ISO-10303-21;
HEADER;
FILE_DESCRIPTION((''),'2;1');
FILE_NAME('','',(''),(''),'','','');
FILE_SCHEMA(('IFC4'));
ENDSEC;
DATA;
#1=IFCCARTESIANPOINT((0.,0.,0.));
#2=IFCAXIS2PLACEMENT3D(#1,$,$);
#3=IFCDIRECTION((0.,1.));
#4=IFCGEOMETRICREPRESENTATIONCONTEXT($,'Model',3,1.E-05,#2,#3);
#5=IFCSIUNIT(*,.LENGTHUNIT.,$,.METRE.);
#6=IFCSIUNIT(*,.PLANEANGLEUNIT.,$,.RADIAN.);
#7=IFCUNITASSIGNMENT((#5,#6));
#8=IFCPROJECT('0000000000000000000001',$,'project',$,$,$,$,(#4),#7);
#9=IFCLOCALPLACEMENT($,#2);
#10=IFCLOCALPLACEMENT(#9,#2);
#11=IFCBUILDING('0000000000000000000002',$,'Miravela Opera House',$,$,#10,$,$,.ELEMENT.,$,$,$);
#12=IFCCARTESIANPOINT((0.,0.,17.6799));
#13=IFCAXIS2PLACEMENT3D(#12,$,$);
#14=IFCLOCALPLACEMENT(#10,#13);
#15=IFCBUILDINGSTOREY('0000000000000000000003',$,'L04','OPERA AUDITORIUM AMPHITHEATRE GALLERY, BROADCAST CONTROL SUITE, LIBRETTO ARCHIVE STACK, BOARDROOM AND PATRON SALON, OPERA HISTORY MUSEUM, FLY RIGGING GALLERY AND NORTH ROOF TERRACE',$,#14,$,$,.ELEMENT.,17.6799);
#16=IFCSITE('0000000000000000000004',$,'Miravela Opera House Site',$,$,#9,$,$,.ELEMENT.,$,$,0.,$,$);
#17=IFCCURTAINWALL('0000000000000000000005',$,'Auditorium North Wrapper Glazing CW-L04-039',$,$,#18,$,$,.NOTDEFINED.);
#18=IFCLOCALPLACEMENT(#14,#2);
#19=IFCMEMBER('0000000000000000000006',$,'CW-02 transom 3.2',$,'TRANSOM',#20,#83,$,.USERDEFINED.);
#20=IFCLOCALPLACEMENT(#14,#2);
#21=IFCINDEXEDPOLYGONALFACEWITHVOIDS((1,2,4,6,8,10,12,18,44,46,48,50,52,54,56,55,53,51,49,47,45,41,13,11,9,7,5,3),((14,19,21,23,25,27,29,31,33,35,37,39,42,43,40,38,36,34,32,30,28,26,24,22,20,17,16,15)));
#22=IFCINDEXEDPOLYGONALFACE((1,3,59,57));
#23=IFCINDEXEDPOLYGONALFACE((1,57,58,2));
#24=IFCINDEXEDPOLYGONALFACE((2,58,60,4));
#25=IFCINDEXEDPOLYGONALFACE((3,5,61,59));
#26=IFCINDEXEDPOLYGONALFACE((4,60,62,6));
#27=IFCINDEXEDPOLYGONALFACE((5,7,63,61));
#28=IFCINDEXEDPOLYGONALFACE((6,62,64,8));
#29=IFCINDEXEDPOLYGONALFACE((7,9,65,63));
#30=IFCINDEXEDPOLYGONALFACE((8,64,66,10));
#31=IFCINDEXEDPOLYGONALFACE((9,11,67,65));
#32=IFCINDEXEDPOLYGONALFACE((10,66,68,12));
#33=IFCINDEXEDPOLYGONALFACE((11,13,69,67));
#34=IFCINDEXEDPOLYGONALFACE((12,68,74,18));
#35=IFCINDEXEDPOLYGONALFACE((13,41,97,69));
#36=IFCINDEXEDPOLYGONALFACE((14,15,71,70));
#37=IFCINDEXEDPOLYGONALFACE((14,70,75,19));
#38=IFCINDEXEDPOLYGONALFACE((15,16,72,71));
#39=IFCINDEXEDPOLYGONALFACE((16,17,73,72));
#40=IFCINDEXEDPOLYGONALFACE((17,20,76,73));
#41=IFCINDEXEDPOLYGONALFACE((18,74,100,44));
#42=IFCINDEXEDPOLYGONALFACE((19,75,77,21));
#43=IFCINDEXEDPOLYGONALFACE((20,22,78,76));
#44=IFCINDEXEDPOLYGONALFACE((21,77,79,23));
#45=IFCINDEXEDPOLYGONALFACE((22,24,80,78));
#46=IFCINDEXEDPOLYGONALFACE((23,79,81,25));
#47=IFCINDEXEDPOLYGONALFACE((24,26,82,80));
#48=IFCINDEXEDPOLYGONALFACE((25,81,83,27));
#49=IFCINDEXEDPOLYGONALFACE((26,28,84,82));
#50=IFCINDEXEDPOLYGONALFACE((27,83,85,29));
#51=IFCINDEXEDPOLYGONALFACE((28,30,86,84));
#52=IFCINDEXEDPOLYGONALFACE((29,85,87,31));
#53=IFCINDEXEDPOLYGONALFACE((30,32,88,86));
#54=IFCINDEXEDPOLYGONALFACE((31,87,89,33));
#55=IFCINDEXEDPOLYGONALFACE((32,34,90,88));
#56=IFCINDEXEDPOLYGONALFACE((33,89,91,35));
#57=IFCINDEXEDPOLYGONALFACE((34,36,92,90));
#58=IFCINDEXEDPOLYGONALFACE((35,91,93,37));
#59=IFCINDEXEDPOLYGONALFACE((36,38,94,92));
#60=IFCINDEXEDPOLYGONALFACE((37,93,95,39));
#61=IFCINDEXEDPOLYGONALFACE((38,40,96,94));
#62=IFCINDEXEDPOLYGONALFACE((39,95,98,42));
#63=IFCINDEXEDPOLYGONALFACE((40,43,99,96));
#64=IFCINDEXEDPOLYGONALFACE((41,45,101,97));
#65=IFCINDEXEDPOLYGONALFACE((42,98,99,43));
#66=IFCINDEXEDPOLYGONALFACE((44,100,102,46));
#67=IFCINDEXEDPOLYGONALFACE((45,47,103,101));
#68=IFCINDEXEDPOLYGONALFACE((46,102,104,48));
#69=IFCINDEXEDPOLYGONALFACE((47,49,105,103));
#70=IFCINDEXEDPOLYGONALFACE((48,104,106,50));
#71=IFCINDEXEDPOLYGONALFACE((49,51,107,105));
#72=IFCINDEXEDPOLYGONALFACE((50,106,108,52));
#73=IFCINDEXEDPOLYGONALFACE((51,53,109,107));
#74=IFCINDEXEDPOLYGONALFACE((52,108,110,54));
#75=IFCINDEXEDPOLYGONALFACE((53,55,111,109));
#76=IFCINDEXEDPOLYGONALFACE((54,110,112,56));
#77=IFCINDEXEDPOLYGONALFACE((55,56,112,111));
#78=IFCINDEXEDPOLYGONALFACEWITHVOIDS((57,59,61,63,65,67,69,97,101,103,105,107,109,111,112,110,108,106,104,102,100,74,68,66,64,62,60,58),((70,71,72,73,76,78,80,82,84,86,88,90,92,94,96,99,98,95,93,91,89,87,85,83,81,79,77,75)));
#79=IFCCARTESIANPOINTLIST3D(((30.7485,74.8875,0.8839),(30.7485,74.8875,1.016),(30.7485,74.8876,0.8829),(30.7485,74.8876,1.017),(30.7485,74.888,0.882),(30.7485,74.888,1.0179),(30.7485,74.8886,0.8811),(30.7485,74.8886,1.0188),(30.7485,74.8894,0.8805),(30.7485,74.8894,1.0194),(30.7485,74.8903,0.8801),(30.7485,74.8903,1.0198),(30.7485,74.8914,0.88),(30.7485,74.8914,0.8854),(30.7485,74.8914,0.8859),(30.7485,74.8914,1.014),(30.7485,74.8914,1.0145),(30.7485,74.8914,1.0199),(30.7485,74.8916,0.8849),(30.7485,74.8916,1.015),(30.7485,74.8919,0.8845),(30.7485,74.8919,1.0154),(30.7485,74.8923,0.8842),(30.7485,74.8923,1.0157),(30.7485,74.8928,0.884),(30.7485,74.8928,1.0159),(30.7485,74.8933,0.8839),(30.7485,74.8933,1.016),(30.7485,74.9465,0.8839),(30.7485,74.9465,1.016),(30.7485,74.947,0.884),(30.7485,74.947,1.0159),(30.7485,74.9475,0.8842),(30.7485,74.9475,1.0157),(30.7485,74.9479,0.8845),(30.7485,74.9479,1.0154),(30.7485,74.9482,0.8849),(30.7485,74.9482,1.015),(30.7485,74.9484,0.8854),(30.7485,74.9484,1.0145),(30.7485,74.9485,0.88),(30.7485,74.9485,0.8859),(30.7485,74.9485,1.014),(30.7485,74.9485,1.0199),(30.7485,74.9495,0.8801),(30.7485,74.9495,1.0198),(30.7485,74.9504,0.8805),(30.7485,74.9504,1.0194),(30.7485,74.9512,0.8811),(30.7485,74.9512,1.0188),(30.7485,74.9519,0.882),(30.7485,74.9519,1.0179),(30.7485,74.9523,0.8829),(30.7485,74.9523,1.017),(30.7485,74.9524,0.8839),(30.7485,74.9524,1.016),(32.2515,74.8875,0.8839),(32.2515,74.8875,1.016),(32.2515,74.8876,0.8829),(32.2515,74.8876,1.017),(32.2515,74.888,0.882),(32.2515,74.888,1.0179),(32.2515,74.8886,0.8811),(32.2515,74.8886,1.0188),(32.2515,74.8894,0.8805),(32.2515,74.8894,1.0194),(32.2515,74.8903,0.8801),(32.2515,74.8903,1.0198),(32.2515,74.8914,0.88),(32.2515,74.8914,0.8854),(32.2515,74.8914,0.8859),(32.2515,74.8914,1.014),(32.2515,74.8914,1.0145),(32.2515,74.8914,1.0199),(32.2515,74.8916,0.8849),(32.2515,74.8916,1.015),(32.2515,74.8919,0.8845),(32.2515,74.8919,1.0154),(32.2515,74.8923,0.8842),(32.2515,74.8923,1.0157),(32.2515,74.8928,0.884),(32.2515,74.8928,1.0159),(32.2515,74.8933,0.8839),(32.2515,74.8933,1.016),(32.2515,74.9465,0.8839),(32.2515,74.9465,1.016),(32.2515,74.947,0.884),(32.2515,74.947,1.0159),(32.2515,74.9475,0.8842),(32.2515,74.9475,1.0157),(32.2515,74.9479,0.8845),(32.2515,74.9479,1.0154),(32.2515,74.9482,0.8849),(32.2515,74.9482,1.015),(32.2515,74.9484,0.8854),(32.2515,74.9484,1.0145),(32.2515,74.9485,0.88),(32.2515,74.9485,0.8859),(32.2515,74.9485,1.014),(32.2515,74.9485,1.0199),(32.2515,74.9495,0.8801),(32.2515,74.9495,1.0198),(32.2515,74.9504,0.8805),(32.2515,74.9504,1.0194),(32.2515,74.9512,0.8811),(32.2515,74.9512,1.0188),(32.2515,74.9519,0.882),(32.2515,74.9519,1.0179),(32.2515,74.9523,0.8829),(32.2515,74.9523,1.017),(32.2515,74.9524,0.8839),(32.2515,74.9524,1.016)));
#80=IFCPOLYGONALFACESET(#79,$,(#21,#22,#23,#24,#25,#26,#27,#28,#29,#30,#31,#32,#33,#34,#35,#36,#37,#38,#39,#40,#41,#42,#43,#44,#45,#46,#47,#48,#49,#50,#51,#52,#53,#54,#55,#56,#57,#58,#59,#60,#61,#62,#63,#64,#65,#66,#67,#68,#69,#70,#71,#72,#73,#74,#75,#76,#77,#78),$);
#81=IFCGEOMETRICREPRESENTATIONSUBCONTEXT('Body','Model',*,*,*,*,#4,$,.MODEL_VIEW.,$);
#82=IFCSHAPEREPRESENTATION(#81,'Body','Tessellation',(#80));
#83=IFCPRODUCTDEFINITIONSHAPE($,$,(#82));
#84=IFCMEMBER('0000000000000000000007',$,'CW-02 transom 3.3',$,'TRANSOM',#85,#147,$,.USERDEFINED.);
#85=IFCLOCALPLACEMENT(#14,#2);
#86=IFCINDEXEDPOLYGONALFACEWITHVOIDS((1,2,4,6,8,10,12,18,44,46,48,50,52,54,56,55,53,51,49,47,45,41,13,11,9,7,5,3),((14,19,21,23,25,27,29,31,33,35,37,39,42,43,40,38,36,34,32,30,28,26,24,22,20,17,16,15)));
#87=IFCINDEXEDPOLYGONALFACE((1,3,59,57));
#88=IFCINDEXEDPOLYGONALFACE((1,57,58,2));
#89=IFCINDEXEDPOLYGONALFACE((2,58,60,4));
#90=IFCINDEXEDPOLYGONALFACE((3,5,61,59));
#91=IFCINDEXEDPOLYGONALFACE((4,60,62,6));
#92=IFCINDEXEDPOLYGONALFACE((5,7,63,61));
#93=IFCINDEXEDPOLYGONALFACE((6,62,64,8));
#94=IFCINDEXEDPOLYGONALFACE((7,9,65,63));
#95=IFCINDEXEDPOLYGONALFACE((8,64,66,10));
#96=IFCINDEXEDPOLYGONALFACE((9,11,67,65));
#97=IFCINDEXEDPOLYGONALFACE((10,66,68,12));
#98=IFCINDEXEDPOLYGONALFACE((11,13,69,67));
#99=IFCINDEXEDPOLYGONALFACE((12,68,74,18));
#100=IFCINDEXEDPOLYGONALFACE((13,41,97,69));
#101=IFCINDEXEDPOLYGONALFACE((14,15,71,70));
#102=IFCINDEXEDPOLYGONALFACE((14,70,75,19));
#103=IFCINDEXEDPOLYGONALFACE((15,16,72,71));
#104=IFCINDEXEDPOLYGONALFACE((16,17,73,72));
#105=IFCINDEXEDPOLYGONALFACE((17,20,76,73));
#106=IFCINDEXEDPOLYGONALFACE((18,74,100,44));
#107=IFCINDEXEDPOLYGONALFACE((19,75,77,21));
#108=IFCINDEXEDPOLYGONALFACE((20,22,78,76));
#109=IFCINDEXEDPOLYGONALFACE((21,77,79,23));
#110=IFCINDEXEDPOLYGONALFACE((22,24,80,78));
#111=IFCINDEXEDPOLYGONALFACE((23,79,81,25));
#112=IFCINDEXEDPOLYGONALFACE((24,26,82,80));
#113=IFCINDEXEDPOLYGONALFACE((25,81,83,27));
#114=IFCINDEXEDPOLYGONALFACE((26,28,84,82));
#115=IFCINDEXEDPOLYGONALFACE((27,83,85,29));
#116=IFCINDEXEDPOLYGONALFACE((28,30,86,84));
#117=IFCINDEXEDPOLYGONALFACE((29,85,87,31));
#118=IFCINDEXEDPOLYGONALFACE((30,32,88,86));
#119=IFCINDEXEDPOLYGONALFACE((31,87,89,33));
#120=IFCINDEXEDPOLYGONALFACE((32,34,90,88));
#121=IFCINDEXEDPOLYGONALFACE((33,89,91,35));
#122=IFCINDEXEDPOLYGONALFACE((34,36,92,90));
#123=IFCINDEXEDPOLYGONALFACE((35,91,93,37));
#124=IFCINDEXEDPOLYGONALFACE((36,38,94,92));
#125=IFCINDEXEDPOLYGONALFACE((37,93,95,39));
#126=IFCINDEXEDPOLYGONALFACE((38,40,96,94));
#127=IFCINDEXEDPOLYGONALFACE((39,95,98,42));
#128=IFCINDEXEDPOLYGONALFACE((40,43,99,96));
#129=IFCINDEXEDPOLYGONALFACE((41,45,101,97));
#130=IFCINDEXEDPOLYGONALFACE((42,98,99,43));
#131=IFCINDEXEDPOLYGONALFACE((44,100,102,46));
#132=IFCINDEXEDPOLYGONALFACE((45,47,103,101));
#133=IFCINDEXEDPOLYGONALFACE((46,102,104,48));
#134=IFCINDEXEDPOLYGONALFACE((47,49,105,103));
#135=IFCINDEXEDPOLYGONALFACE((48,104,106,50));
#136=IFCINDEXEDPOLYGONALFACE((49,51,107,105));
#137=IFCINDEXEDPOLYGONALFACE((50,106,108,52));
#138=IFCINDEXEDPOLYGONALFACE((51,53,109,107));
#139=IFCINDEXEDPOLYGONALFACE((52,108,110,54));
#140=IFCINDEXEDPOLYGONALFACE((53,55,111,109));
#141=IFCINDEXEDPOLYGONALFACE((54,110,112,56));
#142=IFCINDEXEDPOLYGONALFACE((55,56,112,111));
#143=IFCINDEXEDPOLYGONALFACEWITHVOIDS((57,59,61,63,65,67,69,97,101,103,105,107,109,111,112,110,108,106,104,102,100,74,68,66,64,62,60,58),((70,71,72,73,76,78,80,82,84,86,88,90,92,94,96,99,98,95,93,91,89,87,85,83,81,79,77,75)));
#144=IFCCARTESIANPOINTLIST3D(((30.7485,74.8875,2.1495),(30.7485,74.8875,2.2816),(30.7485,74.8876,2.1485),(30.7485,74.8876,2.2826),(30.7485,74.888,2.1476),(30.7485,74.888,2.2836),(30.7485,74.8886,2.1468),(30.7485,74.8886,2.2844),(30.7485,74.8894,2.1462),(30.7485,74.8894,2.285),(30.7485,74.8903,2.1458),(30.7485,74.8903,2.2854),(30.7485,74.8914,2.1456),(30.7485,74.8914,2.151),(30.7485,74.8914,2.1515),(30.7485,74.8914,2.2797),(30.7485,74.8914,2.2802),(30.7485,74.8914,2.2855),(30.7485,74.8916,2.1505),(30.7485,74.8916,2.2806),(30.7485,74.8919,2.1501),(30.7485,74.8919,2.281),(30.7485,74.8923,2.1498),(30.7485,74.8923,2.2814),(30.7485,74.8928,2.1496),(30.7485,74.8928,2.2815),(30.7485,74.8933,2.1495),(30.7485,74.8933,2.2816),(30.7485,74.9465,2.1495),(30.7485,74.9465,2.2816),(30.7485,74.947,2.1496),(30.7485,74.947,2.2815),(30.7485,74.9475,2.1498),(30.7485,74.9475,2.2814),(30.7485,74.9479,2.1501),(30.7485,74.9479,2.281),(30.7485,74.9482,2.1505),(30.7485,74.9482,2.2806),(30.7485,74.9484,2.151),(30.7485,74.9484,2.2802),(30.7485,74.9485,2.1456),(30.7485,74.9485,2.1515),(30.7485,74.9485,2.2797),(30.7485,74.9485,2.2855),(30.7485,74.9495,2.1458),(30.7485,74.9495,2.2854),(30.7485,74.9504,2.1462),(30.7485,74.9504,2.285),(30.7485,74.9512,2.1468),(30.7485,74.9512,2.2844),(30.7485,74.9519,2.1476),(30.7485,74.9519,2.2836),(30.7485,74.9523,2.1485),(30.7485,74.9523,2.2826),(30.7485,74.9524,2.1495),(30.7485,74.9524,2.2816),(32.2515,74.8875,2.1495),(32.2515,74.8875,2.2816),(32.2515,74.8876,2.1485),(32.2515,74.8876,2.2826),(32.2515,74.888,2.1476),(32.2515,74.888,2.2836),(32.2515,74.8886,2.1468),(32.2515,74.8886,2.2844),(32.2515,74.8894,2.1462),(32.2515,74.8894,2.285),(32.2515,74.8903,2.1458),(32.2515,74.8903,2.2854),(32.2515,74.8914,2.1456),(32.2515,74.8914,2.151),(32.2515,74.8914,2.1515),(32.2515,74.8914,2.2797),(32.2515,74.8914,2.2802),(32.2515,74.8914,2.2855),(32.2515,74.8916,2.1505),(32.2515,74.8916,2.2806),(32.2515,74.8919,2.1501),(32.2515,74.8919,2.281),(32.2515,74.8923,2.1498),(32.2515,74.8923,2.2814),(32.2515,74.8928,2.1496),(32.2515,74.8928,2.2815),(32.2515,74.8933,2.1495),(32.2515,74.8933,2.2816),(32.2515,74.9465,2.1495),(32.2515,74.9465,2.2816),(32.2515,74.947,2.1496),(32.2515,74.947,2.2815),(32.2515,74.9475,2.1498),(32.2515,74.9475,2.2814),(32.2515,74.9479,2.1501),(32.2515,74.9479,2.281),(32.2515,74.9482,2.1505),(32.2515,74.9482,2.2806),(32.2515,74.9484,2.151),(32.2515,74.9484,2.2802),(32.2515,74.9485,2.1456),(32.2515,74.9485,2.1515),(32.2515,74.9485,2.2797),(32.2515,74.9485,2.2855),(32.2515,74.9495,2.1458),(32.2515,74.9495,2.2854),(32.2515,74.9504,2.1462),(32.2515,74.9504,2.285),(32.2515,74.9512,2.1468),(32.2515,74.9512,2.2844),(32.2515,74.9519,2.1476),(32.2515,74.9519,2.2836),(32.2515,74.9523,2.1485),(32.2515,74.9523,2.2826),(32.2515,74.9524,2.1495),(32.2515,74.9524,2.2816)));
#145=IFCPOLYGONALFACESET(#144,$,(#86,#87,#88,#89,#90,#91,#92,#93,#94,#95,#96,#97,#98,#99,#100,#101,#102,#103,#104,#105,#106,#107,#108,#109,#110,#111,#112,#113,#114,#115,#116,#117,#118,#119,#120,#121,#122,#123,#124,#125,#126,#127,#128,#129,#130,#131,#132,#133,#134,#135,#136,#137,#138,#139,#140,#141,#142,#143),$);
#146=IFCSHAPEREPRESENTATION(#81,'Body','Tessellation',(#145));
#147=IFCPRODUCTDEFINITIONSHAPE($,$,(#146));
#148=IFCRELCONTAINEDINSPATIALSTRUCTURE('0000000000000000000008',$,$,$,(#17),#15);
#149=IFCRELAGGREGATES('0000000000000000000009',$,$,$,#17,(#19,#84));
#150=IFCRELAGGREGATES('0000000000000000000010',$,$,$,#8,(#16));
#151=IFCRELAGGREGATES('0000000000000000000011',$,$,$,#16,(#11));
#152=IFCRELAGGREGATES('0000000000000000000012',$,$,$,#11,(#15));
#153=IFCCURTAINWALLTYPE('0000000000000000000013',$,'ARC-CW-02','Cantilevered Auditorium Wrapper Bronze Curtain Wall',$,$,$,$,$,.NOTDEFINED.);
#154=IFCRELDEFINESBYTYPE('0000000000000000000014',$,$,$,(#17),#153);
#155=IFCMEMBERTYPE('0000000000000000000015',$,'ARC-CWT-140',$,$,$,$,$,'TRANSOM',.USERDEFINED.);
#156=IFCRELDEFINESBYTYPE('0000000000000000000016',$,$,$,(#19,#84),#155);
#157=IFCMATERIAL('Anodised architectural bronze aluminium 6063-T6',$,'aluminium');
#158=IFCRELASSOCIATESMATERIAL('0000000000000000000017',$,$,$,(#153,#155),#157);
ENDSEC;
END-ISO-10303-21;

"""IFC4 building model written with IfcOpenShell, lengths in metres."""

from ifc_helpers import new_model, si_unit, direction, frame, origin, origin_2d, place, context, subcontext, project, spatial, hollow_rectangle, extrude, material, material_profile, profile_set, type_object, element, aggregate, save


model = new_model("IFC4")

# Units and contexts
model_context = context("Model", 3, precision=1e-05, world=origin(), true_north=direction((0.0, 1.0)))
body_context = subcontext(model_context, "Body", "Model", "MODEL_VIEW")
ifc_project = project(units=[si_unit("LENGTHUNIT", "METRE"), si_unit("PLANEANGLEUNIT", "RADIAN")], contexts=[model_context])

# Site, building, storey
site_placement = place(None, origin())
site = spatial("IfcSite", under=ifc_project, at=site_placement, Name="Miravela Opera House Site", CompositionType="ELEMENT", RefElevation=0.0)
building_placement = place(site_placement, origin())
building = spatial("IfcBuilding", under=site, at=building_placement, Name="Miravela Opera House", CompositionType="ELEMENT")
storey_placement = place(building_placement, frame((0.0, 0.0, 17.6799)))
storey = spatial("IfcBuildingStorey", under=building, at=storey_placement, Name="L04", Description="OPERA AUDITORIUM AMPHITHEATRE GALLERY, BROADCAST CONTROL SUITE, LIBRETTO ARCHIVE STACK, BOARDROOM AND PATRON SALON, OPERA HISTORY MUSEUM, FLY RIGGING GALLERY AND NORTH ROOF TERRACE", CompositionType="ELEMENT", Elevation=17.6799)

# Shared definitions
ifc_material_1 = material(Name="Anodised architectural bronze aluminium 6063-T6", Category="aluminium")
curtain_wall_type = type_object("IfcCurtainWallType", Name="ARC-CW-02", Description="Cantilevered Auditorium Wrapper Bronze Curtain Wall", PredefinedType="NOTDEFINED", material=ifc_material_1)

# Curtain wall
curtain_wall_1_placement = place(storey_placement, origin())
curtain_wall_1 = element("IfcCurtainWall", 1, at=curtain_wall_1_placement, inside=storey, type_object=curtain_wall_type, Name="Auditorium North Wrapper Glazing CW-L04-039", PredefinedType="NOTDEFINED")

# Members
ifc_material_profile_1 = material_profile(ifc_material_1, hollow_rectangle(XDim=0.0649, YDim=0.1399, WallThickness=0.0039, InnerFilletRadius=0.002, OuterFilletRadius=0.0039, at=origin_2d()), Name="CWT-65X140")
ifc_profile_set_1 = profile_set([ifc_material_profile_1])
member_type_1 = type_object("IfcMemberType", Name="ARC-CWT-140", ElementType="TRANSOM", PredefinedType="USERDEFINED", material=ifc_profile_set_1)
member_1_placement = place(storey_placement, frame((30.7485, 74.9199, 0.95), z_axis=(1.0, 0.0, 0.0), x_axis=(0.0, 1.0, 0.0)))
member_1 = element("IfcMember", 2, at=member_1_placement, type_object=member_type_1, Name="CW-02 transom 3.2", ObjectType="TRANSOM", PredefinedType="USERDEFINED", context=body_context, shape_type="SweptSolid", body=[
    extrude(hollow_rectangle(XDim=0.0649, YDim=0.1399, WallThickness=0.0039, InnerFilletRadius=0.002, OuterFilletRadius=0.0039, at=origin_2d()), origin(), (0.0, 0.0, 1.0), 1.5029),
])
member_2_placement = place(storey_placement, frame((30.7485, 74.9199, 2.2156), z_axis=(1.0, 0.0, 0.0), x_axis=(0.0, 1.0, 0.0)))
member_2 = element("IfcMember", 3, at=member_2_placement, type_object=member_type_1, Name="CW-02 transom 3.3", ObjectType="TRANSOM", PredefinedType="USERDEFINED", context=body_context, shape_type="SweptSolid", body=[
    extrude(hollow_rectangle(XDim=0.0649, YDim=0.1399, WallThickness=0.0039, InnerFilletRadius=0.002, OuterFilletRadius=0.0039, at=origin_2d()), origin(), (0.0, 0.0, 1.0), 1.5029),
])

aggregate(curtain_wall_1, [member_1, member_2])

save(model, "model.ifc")
